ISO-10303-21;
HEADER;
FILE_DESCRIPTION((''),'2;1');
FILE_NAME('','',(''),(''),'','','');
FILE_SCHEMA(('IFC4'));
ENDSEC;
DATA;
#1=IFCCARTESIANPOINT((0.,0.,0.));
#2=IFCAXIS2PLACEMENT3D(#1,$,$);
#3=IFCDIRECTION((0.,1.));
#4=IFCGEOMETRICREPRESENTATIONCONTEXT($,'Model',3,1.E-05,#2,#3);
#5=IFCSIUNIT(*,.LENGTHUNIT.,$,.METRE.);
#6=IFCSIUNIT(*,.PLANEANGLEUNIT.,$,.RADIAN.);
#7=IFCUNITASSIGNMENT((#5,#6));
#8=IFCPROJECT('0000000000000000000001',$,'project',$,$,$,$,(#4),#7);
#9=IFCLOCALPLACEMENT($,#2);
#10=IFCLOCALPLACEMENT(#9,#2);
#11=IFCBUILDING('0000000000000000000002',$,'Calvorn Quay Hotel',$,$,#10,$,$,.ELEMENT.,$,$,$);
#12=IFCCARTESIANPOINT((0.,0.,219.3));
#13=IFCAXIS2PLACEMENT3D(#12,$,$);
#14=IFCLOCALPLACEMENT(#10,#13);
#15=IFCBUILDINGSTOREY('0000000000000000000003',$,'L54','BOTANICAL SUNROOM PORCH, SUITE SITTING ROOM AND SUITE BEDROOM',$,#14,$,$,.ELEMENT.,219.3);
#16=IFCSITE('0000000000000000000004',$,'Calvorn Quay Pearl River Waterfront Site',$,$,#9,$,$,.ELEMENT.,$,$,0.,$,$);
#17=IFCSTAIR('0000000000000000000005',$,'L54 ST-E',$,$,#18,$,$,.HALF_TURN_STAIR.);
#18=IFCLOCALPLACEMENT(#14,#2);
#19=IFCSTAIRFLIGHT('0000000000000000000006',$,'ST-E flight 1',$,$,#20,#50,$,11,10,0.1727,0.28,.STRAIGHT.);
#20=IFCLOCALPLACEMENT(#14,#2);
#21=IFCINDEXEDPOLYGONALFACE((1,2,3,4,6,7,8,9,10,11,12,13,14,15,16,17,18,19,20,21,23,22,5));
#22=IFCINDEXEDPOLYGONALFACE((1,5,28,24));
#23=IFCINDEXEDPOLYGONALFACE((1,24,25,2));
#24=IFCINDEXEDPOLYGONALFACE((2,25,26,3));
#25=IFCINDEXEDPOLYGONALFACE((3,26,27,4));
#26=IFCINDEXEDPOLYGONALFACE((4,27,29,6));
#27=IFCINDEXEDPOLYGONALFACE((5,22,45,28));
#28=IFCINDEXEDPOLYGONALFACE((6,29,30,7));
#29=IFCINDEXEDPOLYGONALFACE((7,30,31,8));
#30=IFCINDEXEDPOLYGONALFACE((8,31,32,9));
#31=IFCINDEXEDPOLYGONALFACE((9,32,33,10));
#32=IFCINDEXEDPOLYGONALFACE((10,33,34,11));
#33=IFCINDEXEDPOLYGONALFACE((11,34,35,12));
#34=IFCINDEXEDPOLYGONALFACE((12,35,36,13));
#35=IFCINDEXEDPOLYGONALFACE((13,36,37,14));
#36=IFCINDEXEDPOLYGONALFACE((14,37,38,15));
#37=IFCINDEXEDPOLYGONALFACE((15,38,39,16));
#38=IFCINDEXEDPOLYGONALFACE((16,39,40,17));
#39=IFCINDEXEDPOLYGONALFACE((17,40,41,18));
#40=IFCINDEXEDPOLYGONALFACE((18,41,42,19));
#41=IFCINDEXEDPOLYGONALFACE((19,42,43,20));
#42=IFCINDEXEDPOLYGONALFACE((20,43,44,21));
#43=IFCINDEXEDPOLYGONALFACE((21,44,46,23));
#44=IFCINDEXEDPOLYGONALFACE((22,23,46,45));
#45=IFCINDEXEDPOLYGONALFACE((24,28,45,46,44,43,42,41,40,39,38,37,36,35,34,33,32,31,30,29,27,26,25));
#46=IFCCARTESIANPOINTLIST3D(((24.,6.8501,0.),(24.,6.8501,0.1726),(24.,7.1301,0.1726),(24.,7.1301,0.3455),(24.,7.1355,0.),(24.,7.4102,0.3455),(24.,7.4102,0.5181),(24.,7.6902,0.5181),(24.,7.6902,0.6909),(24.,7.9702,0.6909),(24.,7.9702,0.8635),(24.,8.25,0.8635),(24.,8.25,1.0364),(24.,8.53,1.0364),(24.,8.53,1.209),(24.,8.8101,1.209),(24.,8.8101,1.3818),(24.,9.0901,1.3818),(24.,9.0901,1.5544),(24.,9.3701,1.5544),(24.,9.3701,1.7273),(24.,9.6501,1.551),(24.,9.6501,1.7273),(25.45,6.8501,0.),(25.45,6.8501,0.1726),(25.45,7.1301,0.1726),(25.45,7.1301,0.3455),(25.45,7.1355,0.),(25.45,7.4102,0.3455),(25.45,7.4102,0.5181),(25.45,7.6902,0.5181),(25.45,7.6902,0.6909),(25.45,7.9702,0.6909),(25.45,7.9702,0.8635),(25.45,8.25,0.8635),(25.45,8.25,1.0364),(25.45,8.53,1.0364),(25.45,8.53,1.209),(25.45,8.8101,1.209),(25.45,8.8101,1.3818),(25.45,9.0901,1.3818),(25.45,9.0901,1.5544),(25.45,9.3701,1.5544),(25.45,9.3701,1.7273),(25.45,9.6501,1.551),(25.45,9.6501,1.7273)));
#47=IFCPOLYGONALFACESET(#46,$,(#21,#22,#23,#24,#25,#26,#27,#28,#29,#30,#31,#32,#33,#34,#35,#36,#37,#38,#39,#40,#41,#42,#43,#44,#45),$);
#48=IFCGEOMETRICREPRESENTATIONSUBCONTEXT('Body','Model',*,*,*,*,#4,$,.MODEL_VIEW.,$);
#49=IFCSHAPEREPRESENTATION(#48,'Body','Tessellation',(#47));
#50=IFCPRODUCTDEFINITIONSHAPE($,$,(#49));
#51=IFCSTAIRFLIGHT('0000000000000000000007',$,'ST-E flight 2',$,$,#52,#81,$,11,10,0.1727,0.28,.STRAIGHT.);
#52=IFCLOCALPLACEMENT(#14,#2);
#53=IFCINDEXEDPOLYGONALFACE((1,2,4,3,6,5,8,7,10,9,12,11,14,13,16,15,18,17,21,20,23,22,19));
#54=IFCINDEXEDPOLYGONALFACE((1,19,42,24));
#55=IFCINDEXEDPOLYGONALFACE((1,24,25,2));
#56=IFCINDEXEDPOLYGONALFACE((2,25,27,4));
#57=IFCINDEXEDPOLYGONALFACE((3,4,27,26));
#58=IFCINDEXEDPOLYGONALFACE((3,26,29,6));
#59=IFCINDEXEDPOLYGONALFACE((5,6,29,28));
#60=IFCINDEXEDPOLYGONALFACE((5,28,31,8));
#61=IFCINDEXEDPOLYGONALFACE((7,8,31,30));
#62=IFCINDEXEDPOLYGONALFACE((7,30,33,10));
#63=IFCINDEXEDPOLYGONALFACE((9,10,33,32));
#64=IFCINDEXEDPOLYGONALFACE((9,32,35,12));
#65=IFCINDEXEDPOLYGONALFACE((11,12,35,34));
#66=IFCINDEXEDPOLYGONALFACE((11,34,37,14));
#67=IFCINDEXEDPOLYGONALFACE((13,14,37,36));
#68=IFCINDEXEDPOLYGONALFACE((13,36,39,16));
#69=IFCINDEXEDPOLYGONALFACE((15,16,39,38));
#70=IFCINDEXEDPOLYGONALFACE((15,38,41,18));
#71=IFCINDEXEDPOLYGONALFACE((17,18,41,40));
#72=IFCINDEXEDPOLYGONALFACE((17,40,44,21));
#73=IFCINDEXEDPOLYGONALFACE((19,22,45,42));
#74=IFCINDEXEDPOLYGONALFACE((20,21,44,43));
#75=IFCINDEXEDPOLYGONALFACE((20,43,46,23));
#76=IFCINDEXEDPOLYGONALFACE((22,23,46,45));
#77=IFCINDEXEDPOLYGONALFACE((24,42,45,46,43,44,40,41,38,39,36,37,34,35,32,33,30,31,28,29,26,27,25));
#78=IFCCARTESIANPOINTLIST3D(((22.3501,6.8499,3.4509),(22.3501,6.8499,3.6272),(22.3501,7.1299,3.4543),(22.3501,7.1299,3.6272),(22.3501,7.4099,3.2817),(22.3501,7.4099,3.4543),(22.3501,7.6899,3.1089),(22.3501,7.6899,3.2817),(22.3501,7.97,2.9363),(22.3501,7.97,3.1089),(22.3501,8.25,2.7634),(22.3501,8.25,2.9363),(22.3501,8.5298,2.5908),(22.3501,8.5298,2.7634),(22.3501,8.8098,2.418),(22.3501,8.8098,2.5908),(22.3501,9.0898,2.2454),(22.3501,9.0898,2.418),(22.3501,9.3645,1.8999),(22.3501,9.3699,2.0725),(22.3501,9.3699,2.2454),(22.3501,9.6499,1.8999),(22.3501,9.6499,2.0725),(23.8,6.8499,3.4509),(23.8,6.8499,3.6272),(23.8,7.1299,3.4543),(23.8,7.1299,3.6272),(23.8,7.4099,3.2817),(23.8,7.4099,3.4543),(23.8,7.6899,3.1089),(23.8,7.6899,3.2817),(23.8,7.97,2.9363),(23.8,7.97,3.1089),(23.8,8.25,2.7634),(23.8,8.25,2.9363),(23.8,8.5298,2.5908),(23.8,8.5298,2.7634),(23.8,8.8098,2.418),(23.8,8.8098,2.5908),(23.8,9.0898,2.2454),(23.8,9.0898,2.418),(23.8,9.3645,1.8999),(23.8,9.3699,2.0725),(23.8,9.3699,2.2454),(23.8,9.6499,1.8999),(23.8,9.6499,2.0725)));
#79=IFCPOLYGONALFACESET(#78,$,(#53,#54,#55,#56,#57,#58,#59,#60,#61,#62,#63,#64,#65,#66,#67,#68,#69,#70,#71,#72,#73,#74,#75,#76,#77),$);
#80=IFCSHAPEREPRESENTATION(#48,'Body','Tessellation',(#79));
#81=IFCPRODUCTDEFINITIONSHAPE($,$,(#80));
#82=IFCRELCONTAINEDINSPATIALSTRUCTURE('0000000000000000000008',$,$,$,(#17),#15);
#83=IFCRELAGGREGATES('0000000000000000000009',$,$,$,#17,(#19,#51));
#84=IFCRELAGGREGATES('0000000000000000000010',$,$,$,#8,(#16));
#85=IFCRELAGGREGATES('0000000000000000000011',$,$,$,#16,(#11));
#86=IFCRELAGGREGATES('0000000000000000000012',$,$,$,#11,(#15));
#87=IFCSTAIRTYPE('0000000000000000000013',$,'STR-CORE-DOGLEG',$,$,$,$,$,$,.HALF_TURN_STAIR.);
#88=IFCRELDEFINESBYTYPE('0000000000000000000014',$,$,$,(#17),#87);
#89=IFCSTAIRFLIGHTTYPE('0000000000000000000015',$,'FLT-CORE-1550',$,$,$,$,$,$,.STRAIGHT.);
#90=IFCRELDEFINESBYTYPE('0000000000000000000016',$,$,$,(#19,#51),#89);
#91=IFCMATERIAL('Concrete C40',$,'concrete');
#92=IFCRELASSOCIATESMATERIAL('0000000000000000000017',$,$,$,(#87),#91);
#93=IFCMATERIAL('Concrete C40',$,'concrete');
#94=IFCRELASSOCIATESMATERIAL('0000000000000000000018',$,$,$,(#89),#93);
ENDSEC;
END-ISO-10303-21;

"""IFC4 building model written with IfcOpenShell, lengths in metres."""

from ifc_helpers import new_model, si_unit, direction, frame, origin, place, context, subcontext, project, spatial, polyline, outline, extrude, material, type_object, element, aggregate, save


model = new_model("IFC4")

# Units and contexts
model_context = context("Model", 3, precision=1e-05, world=origin(), true_north=direction((0.0, 1.0)))
body_context = subcontext(model_context, "Body", "Model", "MODEL_VIEW")
ifc_project = project(units=[si_unit("LENGTHUNIT", "METRE"), si_unit("PLANEANGLEUNIT", "RADIAN")], contexts=[model_context])

# Site, building, storey
site_placement = place(None, origin())
site = spatial("IfcSite", under=ifc_project, at=site_placement, Name="Calvorn Quay Pearl River Waterfront Site", CompositionType="ELEMENT", RefElevation=0.0)
building_placement = place(site_placement, origin())
building = spatial("IfcBuilding", under=site, at=building_placement, Name="Calvorn Quay Hotel", CompositionType="ELEMENT")
storey_placement = place(building_placement, frame((0.0, 0.0, 219.3)))
storey = spatial("IfcBuildingStorey", under=building, at=storey_placement, Name="L54", Description="BOTANICAL SUNROOM PORCH, SUITE SITTING ROOM AND SUITE BEDROOM", CompositionType="ELEMENT", Elevation=219.3)

# Stair, stair flights
ifc_material_1 = material(Name="Concrete C40", Category="concrete")
stair_type = type_object("IfcStairType", Name="STR-CORE-DOGLEG", PredefinedType="HALF_TURN_STAIR", material=ifc_material_1)
stair_placement = place(storey_placement, origin())
stair = element("IfcStair", 1, at=stair_placement, inside=storey, type_object=stair_type, Name="L54 ST-E", PredefinedType="HALF_TURN_STAIR")
ifc_material_2 = material(Name="Concrete C40", Category="concrete")
stair_flight_type = type_object("IfcStairFlightType", Name="FLT-CORE-1550", PredefinedType="STRAIGHT", material=ifc_material_2)
stair_flight_1_placement = place(storey_placement, frame((24.7251, 6.8501, 0.0), z_axis=(0.0, 0.0, 1.0), x_axis=(0.0, 1.0, 0.0)))
stair_flight_1 = element("IfcStairFlight", 2, at=stair_flight_1_placement, type_object=stair_flight_type, Name="ST-E flight 1", NumberOfRisers=11, NumberOfTreads=10, PredefinedType="STRAIGHT", RiserHeight=0.1727, TreadLength=0.28, context=body_context, shape_type="SweptSolid", body=[
    extrude(outline(polyline([(0.0, 0.0), (0.0, 0.1726), (0.28, 0.1726), (0.28, 0.3455), (0.5601, 0.3455), (0.5601, 0.5181), (0.8401, 0.5181), (0.8401, 0.6909), (1.1201, 0.6909), (1.1201, 0.8635), (1.3999, 0.8635), (1.3999, 1.0364), (1.6799, 1.0364), (1.6799, 1.209), (1.96, 1.209), (1.96, 1.3818), (2.24, 1.3818), (2.24, 1.5544), (2.52, 1.5544), (2.52, 1.7273), (2.8, 1.7273), (2.8, 1.8999), (2.8, 1.551), (0.2854, 0.0), (0.0, 0.0)])), frame((0.0, 0.7251, 0.0), z_axis=(0.0, -1.0, 0.0), x_axis=(1.0, 0.0, 0.0)), (0.0, 0.0, 1.0), 1.45),
])
stair_flight_2_placement = place(storey_placement, frame((23.075, 9.6499, 1.8999), z_axis=(0.0, 0.0, 1.0), x_axis=(0.0, -1.0, 0.0)))
stair_flight_2 = element("IfcStairFlight", 3, at=stair_flight_2_placement, type_object=stair_flight_type, Name="ST-E flight 2", NumberOfRisers=11, NumberOfTreads=10, PredefinedType="STRAIGHT", RiserHeight=0.1727, TreadLength=0.28, context=body_context, shape_type="SweptSolid", body=[
    extrude(outline(polyline([(0.0, 0.0), (0.0, 0.1726), (0.28, 0.1726), (0.28, 0.3455), (0.5601, 0.3455), (0.5601, 0.5181), (0.8401, 0.5181), (0.8401, 0.6909), (1.1201, 0.6909), (1.1201, 0.8635), (1.3999, 0.8635), (1.3999, 1.0364), (1.6799, 1.0364), (1.6799, 1.209), (1.96, 1.209), (1.96, 1.3818), (2.24, 1.3818), (2.24, 1.5544), (2.52, 1.5544), (2.52, 1.7273), (2.8, 1.7273), (2.8, 1.8999), (2.8, 1.551), (0.2854, 0.0), (0.0, 0.0)])), frame((0.0, 0.7251, 0.0), z_axis=(0.0, -1.0, 0.0), x_axis=(1.0, 0.0, 0.0)), (0.0, 0.0, 1.0), 1.45),
])
aggregate(stair, [stair_flight_1, stair_flight_2])

save(model, "model.ifc")
